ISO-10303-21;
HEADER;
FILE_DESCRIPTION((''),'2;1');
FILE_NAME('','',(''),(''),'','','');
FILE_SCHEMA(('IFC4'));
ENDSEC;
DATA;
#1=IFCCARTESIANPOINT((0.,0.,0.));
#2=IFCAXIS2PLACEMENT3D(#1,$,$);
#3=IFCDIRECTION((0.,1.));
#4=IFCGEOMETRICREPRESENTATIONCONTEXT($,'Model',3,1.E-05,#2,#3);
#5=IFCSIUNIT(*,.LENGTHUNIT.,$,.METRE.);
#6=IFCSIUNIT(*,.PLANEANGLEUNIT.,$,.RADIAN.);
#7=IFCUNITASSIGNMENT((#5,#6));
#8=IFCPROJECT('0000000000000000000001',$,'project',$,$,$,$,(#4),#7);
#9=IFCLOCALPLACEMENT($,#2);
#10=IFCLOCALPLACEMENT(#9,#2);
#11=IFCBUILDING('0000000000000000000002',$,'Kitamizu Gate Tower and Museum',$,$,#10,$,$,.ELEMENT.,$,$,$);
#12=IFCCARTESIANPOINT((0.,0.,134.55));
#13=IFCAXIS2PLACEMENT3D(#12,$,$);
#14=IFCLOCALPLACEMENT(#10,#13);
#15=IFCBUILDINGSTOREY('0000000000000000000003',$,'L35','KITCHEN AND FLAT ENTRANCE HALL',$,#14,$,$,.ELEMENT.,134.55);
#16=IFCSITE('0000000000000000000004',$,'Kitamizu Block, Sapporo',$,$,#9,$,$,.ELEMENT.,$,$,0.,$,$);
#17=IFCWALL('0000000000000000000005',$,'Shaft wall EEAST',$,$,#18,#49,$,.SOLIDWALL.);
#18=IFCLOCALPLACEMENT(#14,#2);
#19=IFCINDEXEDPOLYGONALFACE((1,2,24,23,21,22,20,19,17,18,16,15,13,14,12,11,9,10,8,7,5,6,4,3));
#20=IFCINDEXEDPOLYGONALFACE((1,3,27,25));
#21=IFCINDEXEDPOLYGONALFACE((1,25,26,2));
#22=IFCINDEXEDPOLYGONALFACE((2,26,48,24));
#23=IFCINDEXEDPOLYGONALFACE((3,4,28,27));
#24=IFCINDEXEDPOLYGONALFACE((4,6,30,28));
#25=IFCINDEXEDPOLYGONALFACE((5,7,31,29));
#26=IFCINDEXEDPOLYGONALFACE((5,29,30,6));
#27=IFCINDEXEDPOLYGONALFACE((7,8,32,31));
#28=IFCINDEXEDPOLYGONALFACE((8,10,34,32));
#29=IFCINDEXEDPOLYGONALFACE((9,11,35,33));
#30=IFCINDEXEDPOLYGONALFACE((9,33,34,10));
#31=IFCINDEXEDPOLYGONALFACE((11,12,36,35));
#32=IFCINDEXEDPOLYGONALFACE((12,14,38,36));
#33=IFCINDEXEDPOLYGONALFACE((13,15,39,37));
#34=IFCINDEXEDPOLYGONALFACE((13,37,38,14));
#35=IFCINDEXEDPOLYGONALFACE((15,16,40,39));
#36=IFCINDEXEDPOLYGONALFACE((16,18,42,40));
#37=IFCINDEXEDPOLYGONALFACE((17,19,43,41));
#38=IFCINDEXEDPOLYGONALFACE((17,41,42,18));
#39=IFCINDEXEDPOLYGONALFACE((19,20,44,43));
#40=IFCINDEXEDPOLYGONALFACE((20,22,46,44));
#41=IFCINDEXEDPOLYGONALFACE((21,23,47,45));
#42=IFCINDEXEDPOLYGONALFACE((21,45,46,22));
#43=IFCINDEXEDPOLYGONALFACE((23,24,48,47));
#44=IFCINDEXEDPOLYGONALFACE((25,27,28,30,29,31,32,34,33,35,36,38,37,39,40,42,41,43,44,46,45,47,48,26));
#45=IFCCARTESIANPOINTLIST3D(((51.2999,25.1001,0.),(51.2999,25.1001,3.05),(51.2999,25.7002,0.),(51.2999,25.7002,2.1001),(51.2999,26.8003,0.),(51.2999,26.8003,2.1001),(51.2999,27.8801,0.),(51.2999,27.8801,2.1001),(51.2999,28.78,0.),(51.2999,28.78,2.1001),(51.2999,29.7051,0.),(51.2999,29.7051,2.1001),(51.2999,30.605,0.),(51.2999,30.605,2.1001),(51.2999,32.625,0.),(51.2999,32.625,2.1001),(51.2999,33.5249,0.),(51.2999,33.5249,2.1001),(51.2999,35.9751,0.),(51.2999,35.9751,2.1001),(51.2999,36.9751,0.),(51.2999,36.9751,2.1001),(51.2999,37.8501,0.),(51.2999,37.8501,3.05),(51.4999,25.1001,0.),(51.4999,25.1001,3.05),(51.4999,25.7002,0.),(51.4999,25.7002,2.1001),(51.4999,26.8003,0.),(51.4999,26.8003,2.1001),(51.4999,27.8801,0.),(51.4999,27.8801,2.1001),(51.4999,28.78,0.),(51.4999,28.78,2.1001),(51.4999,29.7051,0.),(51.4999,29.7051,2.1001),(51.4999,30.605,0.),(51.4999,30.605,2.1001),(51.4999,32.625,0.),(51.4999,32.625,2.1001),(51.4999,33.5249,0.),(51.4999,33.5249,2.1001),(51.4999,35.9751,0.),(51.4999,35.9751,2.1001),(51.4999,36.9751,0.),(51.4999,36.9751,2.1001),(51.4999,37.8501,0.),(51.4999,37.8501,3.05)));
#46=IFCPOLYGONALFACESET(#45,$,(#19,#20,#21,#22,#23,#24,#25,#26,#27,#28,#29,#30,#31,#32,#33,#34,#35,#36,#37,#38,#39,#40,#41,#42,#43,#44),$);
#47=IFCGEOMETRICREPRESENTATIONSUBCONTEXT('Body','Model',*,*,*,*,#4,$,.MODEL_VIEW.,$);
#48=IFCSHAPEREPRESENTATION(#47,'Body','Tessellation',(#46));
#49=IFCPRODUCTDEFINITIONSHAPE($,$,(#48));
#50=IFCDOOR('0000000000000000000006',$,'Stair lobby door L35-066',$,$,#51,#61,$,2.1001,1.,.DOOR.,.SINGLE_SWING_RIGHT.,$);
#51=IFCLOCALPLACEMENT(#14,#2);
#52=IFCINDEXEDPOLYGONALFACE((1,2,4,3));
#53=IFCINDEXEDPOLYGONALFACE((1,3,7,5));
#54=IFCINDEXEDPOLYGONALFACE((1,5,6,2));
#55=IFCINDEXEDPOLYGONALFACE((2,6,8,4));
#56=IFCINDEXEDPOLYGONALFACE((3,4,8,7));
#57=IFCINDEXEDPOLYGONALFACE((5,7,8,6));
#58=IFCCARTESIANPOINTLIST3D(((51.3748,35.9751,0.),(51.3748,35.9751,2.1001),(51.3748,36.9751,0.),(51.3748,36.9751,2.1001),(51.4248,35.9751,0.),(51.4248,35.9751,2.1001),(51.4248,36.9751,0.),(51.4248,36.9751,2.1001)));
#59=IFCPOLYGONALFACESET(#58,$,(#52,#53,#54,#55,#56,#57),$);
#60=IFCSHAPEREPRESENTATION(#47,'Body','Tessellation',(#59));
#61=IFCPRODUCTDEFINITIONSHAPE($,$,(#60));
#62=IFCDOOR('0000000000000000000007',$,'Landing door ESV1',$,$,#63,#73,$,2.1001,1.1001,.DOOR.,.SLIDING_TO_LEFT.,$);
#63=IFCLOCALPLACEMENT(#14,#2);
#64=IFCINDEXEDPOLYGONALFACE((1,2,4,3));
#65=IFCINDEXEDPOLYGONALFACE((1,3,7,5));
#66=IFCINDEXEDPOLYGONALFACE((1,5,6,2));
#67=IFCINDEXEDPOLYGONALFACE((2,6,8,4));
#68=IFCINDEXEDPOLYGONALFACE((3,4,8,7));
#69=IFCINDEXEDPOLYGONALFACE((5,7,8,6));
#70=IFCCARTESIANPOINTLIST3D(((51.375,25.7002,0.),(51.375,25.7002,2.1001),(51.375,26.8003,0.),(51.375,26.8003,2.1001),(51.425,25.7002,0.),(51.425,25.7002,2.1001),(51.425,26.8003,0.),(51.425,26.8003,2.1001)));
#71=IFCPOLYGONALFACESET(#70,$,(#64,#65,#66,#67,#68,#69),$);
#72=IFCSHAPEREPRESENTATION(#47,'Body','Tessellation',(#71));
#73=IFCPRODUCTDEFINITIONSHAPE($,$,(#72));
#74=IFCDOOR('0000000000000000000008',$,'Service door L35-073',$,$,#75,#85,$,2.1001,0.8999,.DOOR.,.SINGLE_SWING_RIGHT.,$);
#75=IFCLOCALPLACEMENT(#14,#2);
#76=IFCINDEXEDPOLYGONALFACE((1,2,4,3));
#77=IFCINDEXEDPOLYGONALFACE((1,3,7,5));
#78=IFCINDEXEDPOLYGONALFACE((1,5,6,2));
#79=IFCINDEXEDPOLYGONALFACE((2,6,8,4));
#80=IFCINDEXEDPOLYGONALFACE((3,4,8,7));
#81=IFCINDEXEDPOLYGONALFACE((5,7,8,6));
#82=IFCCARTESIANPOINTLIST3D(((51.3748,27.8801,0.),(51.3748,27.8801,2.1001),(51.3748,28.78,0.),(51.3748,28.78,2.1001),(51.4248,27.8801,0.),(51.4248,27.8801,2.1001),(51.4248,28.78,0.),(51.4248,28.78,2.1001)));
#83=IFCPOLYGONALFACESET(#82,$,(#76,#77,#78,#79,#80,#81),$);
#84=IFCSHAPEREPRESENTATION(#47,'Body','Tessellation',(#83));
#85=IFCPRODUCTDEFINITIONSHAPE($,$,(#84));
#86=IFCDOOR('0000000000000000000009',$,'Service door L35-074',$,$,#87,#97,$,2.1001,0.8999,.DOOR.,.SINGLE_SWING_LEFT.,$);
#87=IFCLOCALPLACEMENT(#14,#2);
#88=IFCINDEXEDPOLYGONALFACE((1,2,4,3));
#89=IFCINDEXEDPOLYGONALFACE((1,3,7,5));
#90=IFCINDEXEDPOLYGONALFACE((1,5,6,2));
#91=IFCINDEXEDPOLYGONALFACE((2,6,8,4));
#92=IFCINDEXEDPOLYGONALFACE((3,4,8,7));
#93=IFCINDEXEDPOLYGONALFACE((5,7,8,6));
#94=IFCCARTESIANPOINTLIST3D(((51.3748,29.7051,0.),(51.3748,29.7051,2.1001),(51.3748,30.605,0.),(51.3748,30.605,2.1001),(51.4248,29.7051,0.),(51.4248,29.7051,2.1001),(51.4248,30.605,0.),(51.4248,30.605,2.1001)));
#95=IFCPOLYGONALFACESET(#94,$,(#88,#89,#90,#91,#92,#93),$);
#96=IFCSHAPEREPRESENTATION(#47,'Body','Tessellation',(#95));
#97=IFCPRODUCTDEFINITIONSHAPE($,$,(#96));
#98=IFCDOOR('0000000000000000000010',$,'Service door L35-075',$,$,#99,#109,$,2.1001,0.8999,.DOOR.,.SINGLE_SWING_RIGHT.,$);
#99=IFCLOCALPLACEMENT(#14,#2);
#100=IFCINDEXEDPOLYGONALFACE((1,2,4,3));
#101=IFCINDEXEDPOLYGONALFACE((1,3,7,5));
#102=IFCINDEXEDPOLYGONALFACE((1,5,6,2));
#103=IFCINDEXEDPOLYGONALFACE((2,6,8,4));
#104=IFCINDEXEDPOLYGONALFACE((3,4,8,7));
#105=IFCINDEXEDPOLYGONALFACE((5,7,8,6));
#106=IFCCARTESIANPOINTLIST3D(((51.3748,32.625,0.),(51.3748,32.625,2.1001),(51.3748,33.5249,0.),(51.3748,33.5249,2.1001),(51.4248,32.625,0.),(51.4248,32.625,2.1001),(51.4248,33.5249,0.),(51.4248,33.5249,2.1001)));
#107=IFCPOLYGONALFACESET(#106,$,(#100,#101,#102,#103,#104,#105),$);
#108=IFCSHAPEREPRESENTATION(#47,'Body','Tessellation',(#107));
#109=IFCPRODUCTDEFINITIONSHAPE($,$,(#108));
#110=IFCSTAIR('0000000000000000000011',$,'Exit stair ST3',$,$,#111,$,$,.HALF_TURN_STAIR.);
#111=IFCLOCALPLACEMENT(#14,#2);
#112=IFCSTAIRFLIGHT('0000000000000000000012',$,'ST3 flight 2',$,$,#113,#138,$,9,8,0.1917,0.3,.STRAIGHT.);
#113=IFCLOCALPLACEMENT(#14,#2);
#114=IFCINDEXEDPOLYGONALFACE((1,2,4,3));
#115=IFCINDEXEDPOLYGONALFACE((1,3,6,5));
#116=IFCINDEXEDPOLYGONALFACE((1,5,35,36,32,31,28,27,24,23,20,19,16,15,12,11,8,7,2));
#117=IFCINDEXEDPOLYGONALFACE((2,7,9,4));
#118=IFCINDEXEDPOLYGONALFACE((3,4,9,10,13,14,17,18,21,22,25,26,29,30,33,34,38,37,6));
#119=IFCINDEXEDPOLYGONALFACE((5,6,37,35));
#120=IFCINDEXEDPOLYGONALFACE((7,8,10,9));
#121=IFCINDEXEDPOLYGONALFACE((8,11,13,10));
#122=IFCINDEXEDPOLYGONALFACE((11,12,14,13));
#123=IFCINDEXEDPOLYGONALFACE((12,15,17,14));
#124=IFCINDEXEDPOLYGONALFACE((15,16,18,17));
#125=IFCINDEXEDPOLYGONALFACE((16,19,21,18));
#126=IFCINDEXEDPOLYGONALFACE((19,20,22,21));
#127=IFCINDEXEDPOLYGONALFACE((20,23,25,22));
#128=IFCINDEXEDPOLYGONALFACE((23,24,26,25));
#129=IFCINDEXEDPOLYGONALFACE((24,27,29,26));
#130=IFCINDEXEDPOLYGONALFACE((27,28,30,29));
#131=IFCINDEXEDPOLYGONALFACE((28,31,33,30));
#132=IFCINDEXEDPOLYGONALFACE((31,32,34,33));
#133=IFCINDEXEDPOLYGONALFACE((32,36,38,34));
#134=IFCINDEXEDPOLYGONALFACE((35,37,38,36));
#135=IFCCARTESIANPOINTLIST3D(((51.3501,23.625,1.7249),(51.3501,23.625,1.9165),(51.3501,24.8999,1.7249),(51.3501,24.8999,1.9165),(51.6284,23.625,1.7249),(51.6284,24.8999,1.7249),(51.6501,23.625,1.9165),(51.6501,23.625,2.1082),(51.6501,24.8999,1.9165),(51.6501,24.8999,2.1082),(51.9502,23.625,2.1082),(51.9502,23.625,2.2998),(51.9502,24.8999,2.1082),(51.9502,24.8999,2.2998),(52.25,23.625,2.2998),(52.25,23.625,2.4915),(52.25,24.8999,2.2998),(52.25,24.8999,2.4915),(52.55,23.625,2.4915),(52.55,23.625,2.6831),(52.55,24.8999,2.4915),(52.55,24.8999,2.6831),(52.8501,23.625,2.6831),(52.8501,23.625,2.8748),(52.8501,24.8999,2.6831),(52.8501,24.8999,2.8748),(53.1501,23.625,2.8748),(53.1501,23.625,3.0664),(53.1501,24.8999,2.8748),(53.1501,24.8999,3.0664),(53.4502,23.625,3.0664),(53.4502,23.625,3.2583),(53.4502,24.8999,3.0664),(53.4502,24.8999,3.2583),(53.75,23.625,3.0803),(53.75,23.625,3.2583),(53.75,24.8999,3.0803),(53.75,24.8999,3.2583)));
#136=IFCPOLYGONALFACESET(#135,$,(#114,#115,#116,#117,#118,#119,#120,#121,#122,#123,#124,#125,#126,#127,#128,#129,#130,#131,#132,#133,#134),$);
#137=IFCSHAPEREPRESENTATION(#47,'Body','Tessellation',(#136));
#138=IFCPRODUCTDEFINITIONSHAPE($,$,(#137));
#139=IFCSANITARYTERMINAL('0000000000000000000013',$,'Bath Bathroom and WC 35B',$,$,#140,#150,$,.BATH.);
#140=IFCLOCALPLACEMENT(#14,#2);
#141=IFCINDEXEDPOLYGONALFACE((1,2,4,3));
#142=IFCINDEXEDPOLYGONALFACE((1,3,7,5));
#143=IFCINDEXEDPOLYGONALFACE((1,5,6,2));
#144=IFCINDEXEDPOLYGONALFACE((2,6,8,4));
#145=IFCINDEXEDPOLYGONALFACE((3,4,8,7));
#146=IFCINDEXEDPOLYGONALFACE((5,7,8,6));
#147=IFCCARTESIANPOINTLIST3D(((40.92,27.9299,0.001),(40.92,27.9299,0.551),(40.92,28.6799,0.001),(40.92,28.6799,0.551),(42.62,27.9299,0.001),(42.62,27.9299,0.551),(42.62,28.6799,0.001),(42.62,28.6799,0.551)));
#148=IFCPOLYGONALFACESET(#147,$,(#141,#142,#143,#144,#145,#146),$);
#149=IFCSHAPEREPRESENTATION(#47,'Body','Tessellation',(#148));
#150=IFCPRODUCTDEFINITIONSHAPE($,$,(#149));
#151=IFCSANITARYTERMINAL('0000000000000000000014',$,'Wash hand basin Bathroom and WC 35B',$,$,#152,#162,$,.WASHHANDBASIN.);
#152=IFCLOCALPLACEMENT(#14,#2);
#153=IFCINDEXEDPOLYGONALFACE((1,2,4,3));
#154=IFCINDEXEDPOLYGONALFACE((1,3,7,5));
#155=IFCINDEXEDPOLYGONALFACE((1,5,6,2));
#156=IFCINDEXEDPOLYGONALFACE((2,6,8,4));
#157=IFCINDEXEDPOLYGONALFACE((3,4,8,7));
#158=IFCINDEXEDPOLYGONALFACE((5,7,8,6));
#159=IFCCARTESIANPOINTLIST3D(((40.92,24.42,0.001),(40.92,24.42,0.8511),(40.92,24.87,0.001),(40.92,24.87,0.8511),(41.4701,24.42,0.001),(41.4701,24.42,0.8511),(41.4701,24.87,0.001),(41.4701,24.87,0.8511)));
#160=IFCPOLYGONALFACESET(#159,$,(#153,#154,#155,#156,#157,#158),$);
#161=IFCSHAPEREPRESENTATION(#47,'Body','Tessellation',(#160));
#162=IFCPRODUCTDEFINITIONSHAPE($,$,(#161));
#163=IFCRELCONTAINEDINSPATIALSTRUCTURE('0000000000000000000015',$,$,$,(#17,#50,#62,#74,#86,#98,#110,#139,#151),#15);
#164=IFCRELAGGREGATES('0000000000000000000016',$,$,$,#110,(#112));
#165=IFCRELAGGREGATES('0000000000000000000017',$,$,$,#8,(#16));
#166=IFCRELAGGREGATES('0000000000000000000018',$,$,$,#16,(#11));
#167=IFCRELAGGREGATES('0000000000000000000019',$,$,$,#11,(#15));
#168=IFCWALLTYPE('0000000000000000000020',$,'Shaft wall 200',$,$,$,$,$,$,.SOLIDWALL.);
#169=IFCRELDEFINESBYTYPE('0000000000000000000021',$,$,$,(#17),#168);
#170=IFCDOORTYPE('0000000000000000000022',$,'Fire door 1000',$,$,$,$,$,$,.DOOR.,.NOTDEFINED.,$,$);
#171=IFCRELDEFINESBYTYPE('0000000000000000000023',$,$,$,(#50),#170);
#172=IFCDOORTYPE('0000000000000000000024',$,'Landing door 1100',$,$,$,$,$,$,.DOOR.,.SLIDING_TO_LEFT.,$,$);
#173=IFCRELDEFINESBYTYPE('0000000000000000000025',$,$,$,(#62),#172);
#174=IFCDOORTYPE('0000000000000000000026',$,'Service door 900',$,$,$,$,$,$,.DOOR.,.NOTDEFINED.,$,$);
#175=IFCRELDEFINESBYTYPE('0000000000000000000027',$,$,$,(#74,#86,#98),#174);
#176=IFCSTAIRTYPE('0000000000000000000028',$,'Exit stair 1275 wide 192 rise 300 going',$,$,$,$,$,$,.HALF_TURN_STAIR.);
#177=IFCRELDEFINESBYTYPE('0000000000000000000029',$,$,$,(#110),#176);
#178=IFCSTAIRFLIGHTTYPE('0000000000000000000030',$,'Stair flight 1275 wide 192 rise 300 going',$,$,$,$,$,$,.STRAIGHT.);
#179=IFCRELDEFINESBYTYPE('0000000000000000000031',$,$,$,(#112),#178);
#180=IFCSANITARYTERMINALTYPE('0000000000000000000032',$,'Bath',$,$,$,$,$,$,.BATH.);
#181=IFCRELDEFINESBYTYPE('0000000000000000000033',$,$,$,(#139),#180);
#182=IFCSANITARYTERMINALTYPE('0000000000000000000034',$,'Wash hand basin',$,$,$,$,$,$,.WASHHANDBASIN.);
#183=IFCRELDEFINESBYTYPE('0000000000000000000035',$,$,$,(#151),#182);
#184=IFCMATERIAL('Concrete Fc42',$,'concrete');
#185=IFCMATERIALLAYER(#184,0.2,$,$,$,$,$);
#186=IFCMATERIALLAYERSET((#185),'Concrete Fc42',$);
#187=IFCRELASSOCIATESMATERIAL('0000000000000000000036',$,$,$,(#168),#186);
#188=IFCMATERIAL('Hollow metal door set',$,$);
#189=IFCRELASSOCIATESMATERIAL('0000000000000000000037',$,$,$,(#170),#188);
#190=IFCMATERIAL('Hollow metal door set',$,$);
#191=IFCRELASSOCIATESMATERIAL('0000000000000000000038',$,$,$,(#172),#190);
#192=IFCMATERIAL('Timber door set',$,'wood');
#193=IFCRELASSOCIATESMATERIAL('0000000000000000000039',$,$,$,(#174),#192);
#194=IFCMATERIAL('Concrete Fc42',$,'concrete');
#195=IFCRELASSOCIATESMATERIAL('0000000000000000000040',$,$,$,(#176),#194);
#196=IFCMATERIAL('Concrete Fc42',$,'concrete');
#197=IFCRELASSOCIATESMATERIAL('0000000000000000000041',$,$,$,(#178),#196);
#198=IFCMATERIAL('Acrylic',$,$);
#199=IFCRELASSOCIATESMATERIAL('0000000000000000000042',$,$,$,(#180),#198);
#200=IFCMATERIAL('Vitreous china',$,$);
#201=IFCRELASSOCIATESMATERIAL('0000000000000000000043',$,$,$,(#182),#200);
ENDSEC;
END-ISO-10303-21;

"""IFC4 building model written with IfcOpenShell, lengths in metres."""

from ifc_helpers import new_model, si_unit, direction, frame, frame_2d, origin, origin_2d, place, context, subcontext, project, spatial, polyline, rectangle, outline, extrude, material, layer, layer_set, type_object, element, fill, aggregate, save


model = new_model("IFC4")

# Units and contexts
model_context = context("Model", 3, precision=1e-05, world=origin(), true_north=direction((0.0, 1.0)))
body_context = subcontext(model_context, "Body", "Model", "MODEL_VIEW")
ifc_project = project(units=[si_unit("LENGTHUNIT", "METRE"), si_unit("PLANEANGLEUNIT", "RADIAN")], contexts=[model_context])

# Site, building, storey
site_placement = place(None, origin())
site = spatial("IfcSite", under=ifc_project, at=site_placement, Name="Kitamizu Block, Sapporo", CompositionType="ELEMENT", RefElevation=0.0)
building_placement = place(site_placement, origin())
building = spatial("IfcBuilding", under=site, at=building_placement, Name="Kitamizu Gate Tower and Museum", CompositionType="ELEMENT")
storey_placement = place(building_placement, frame((0.0, 0.0, 134.55)))
storey = spatial("IfcBuildingStorey", under=building, at=storey_placement, Name="L35", Description="KITCHEN AND FLAT ENTRANCE HALL", CompositionType="ELEMENT", Elevation=134.55)

# Wall, openings, doors
ifc_material_1 = material(Name="Concrete Fc42", Category="concrete")
ifc_layer_1 = layer(ifc_material_1, 0.2)
ifc_layer_set_1 = layer_set([ifc_layer_1], Name="Concrete Fc42")
wall_type_1 = type_object("IfcWallType", Name="Shaft wall 200", PredefinedType="SOLIDWALL", material=ifc_layer_set_1)
wall_1_placement = place(storey_placement, frame((51.3999, 25.1001, 0.0), z_axis=(0.0, 0.0, 1.0), x_axis=(0.0, 1.0, 0.0)))
wall_1 = element("IfcWall", 1, at=wall_1_placement, inside=storey, type_object=wall_type_1, Name="Shaft wall EEAST", PredefinedType="SOLIDWALL", context=body_context, shape_type="SweptSolid", body=[
    extrude(rectangle(XDim=12.75, YDim=0.2, at=frame_2d((6.375, 0.0))), origin(), (0.0, 0.0, 1.0), 3.05),
])
opening_1_placement = place(wall_1_placement, frame((0.6001, 0.0, 0.0)))
opening_1 = element("IfcOpeningElement", 2, at=opening_1_placement, cuts=wall_1, PredefinedType="OPENING", context=body_context, shape_type="SweptSolid", body=[
    extrude(rectangle(XDim=1.1001, YDim=2.1001, at=frame_2d((0.55, 1.05))), frame((0.0, 0.1099, 0.0), z_axis=(0.0, -1.0, 0.0), x_axis=(1.0, 0.0, 0.0)), (0.0, 0.0, 1.0), 0.22),
])
opening_2_placement = place(wall_1_placement, frame((10.875, 0.0, 0.0)))
opening_2 = element("IfcOpeningElement", 3, at=opening_2_placement, cuts=wall_1, PredefinedType="OPENING", context=body_context, shape_type="SweptSolid", body=[
    extrude(rectangle(XDim=1.0, YDim=2.1001, at=frame_2d((0.5, 1.05))), frame((0.0, 0.1099, 0.0), z_axis=(0.0, -1.0, 0.0), x_axis=(1.0, 0.0, 0.0)), (0.0, 0.0, 1.0), 0.22),
])
opening_3_placement = place(wall_1_placement, frame((2.78, 0.0, 0.0)))
opening_3 = element("IfcOpeningElement", 4, at=opening_3_placement, cuts=wall_1, PredefinedType="OPENING", context=body_context, shape_type="SweptSolid", body=[
    extrude(rectangle(XDim=0.8999, YDim=2.1001, at=frame_2d((0.45, 1.05))), frame((0.0, 0.1099, 0.0), z_axis=(0.0, -1.0, 0.0), x_axis=(1.0, 0.0, 0.0)), (0.0, 0.0, 1.0), 0.22),
])
opening_4_placement = place(wall_1_placement, frame((4.605, 0.0, 0.0)))
opening_4 = element("IfcOpeningElement", 5, at=opening_4_placement, cuts=wall_1, PredefinedType="OPENING", context=body_context, shape_type="SweptSolid", body=[
    extrude(rectangle(XDim=0.8999, YDim=2.1001, at=frame_2d((0.45, 1.05))), frame((0.0, 0.1099, 0.0), z_axis=(0.0, -1.0, 0.0), x_axis=(1.0, 0.0, 0.0)), (0.0, 0.0, 1.0), 0.22),
])
opening_5_placement = place(wall_1_placement, frame((7.5249, 0.0, 0.0)))
opening_5 = element("IfcOpeningElement", 6, at=opening_5_placement, cuts=wall_1, PredefinedType="OPENING", context=body_context, shape_type="SweptSolid", body=[
    extrude(rectangle(XDim=0.8999, YDim=2.1001, at=frame_2d((0.45, 1.05))), frame((0.0, 0.1099, 0.0), z_axis=(0.0, -1.0, 0.0), x_axis=(1.0, 0.0, 0.0)), (0.0, 0.0, 1.0), 0.22),
])
ifc_material_2 = material(Name="Hollow metal door set")
door_type_1 = type_object("IfcDoorType", Name="Fire door 1000", OperationType="NOTDEFINED", PredefinedType="DOOR", material=ifc_material_2)
door_1_placement = place(opening_2_placement, frame((1.0, 0.0, 0.0), x_axis=(-1.0, 0.0, 0.0)))
door_1 = element("IfcDoor", 7, at=door_1_placement, inside=storey, type_object=door_type_1, Name="Stair lobby door L35-066", OperationType="SINGLE_SWING_RIGHT", OverallHeight=2.1001, OverallWidth=1.0, PredefinedType="DOOR", context=body_context, shape_type="SweptSolid", body=[
    extrude(rectangle(XDim=1.0, YDim=2.1001, at=frame_2d((0.5, 1.05))), frame((0.0, 0.0249, 0.0), z_axis=(0.0, -1.0, 0.0), x_axis=(1.0, 0.0, 0.0)), (0.0, 0.0, 1.0), 0.05),
])
fill(opening_2, door_1)
ifc_material_3 = material(Name="Hollow metal door set")
door_type_2 = type_object("IfcDoorType", Name="Landing door 1100", OperationType="SLIDING_TO_LEFT", PredefinedType="DOOR", material=ifc_material_3)
door_2_placement = place(opening_1_placement, origin())
door_2 = element("IfcDoor", 8, at=door_2_placement, inside=storey, type_object=door_type_2, Name="Landing door ESV1", OperationType="SLIDING_TO_LEFT", OverallHeight=2.1001, OverallWidth=1.1001, PredefinedType="DOOR", context=body_context, shape_type="SweptSolid", body=[
    extrude(rectangle(XDim=1.1001, YDim=2.1001, at=frame_2d((0.55, 1.05))), frame((0.0, 0.0249, 0.0), z_axis=(0.0, -1.0, 0.0), x_axis=(1.0, 0.0, 0.0)), (0.0, 0.0, 1.0), 0.05),
])
fill(opening_1, door_2)
ifc_material_4 = material(Name="Timber door set", Category="wood")
door_type_3 = type_object("IfcDoorType", Name="Service door 900", OperationType="NOTDEFINED", PredefinedType="DOOR", material=ifc_material_4)
door_3_placement = place(opening_3_placement, frame((0.8999, 0.0, 0.0), x_axis=(-1.0, 0.0, 0.0)))
door_3 = element("IfcDoor", 9, at=door_3_placement, inside=storey, type_object=door_type_3, Name="Service door L35-073", OperationType="SINGLE_SWING_RIGHT", OverallHeight=2.1001, OverallWidth=0.8999, PredefinedType="DOOR", context=body_context, shape_type="SweptSolid", body=[
    extrude(rectangle(XDim=0.8999, YDim=2.1001, at=frame_2d((0.45, 1.05))), frame((0.0, 0.0249, 0.0), z_axis=(0.0, -1.0, 0.0), x_axis=(1.0, 0.0, 0.0)), (0.0, 0.0, 1.0), 0.05),
])
fill(opening_3, door_3)
door_4_placement = place(opening_4_placement, frame((0.8999, 0.0, 0.0), x_axis=(-1.0, 0.0, 0.0)))
door_4 = element("IfcDoor", 10, at=door_4_placement, inside=storey, type_object=door_type_3, Name="Service door L35-074", OperationType="SINGLE_SWING_LEFT", OverallHeight=2.1001, OverallWidth=0.8999, PredefinedType="DOOR", context=body_context, shape_type="SweptSolid", body=[
    extrude(rectangle(XDim=0.8999, YDim=2.1001, at=frame_2d((0.45, 1.05))), frame((0.0, 0.0249, 0.0), z_axis=(0.0, -1.0, 0.0), x_axis=(1.0, 0.0, 0.0)), (0.0, 0.0, 1.0), 0.05),
])
fill(opening_4, door_4)
door_5_placement = place(opening_5_placement, frame((0.8999, 0.0, 0.0), x_axis=(-1.0, 0.0, 0.0)))
door_5 = element("IfcDoor", 11, at=door_5_placement, inside=storey, type_object=door_type_3, Name="Service door L35-075", OperationType="SINGLE_SWING_RIGHT", OverallHeight=2.1001, OverallWidth=0.8999, PredefinedType="DOOR", context=body_context, shape_type="SweptSolid", body=[
    extrude(rectangle(XDim=0.8999, YDim=2.1001, at=frame_2d((0.45, 1.05))), frame((0.0, 0.0249, 0.0), z_axis=(0.0, -1.0, 0.0), x_axis=(1.0, 0.0, 0.0)), (0.0, 0.0, 1.0), 0.05),
])
fill(opening_5, door_5)

# Stair, stair flight
ifc_material_5 = material(Name="Concrete Fc42", Category="concrete")
stair_type = type_object("IfcStairType", Name="Exit stair 1275 wide 192 rise 300 going", PredefinedType="HALF_TURN_STAIR", material=ifc_material_5)
stair_placement = place(storey_placement, origin())
stair = element("IfcStair", 12, at=stair_placement, inside=storey, type_object=stair_type, Name="Exit stair ST3", PredefinedType="HALF_TURN_STAIR")
ifc_material_6 = material(Name="Concrete Fc42", Category="concrete")
stair_flight_type = type_object("IfcStairFlightType", Name="Stair flight 1275 wide 192 rise 300 going", PredefinedType="STRAIGHT", material=ifc_material_6)
stair_flight_placement = place(storey_placement, frame((51.3501, 24.2625, 1.7249), z_axis=(0.0, 0.0, 1.0), x_axis=(1.0, 0.0, 0.0)))
stair_flight = element("IfcStairFlight", 13, at=stair_flight_placement, type_object=stair_flight_type, Name="ST3 flight 2", NumberOfRisers=9, NumberOfTreads=8, PredefinedType="STRAIGHT", RiserHeight=0.1917, TreadLength=0.3, context=body_context, shape_type="SweptSolid", body=[
    extrude(outline(polyline([(0.0, 0.0), (0.0, 0.1917), (0.3, 0.1917), (0.3, 0.3833), (0.6001, 0.3833), (0.6001, 0.575), (0.8999, 0.575), (0.8999, 0.7666), (1.2, 0.7666), (1.2, 0.9583), (1.5, 0.9583), (1.5, 1.1499), (1.8, 1.1499), (1.8, 1.3416), (2.1001, 1.3416), (2.1001, 1.5334), (2.3999, 1.5334), (2.3999, 1.7251), (2.3999, 1.3555), (0.2783, 0.0), (0.0, 0.0)])), frame((0.0, 0.6375, 0.0), z_axis=(0.0, -1.0, 0.0), x_axis=(1.0, 0.0, 0.0)), (0.0, 0.0, 1.0), 1.2749),
])
aggregate(stair, [stair_flight])

# Sanitary terminals
ifc_material_7 = material(Name="Acrylic")
sanitary_terminal_type_1 = type_object("IfcSanitaryTerminalType", Name="Bath", PredefinedType="BATH", material=ifc_material_7)
sanitary_terminal_1_placement = place(storey_placement, frame((41.77, 28.3049, 0.001), z_axis=(0.0, 0.0, 1.0), x_axis=(1.0, 0.0, 0.0)))
element("IfcSanitaryTerminal", 14, at=sanitary_terminal_1_placement, inside=storey, type_object=sanitary_terminal_type_1, Name="Bath Bathroom and WC 35B", PredefinedType="BATH", context=body_context, shape_type="SweptSolid", body=[
    extrude(rectangle(XDim=1.7, YDim=0.75, at=origin_2d()), origin(), (0.0, 0.0, 1.0), 0.55),
])
ifc_material_8 = material(Name="Vitreous china")
sanitary_terminal_type_2 = type_object("IfcSanitaryTerminalType", Name="Wash hand basin", PredefinedType="WASHHANDBASIN", material=ifc_material_8)
sanitary_terminal_2_placement = place(storey_placement, frame((41.1951, 24.645, 0.001), z_axis=(0.0, 0.0, 1.0), x_axis=(1.0, 0.0, 0.0)))
element("IfcSanitaryTerminal", 15, at=sanitary_terminal_2_placement, inside=storey, type_object=sanitary_terminal_type_2, Name="Wash hand basin Bathroom and WC 35B", PredefinedType="WASHHANDBASIN", context=body_context, shape_type="SweptSolid", body=[
    extrude(rectangle(XDim=0.55, YDim=0.45, at=origin_2d()), origin(), (0.0, 0.0, 1.0), 0.8501),
])

save(model, "model.ifc")
